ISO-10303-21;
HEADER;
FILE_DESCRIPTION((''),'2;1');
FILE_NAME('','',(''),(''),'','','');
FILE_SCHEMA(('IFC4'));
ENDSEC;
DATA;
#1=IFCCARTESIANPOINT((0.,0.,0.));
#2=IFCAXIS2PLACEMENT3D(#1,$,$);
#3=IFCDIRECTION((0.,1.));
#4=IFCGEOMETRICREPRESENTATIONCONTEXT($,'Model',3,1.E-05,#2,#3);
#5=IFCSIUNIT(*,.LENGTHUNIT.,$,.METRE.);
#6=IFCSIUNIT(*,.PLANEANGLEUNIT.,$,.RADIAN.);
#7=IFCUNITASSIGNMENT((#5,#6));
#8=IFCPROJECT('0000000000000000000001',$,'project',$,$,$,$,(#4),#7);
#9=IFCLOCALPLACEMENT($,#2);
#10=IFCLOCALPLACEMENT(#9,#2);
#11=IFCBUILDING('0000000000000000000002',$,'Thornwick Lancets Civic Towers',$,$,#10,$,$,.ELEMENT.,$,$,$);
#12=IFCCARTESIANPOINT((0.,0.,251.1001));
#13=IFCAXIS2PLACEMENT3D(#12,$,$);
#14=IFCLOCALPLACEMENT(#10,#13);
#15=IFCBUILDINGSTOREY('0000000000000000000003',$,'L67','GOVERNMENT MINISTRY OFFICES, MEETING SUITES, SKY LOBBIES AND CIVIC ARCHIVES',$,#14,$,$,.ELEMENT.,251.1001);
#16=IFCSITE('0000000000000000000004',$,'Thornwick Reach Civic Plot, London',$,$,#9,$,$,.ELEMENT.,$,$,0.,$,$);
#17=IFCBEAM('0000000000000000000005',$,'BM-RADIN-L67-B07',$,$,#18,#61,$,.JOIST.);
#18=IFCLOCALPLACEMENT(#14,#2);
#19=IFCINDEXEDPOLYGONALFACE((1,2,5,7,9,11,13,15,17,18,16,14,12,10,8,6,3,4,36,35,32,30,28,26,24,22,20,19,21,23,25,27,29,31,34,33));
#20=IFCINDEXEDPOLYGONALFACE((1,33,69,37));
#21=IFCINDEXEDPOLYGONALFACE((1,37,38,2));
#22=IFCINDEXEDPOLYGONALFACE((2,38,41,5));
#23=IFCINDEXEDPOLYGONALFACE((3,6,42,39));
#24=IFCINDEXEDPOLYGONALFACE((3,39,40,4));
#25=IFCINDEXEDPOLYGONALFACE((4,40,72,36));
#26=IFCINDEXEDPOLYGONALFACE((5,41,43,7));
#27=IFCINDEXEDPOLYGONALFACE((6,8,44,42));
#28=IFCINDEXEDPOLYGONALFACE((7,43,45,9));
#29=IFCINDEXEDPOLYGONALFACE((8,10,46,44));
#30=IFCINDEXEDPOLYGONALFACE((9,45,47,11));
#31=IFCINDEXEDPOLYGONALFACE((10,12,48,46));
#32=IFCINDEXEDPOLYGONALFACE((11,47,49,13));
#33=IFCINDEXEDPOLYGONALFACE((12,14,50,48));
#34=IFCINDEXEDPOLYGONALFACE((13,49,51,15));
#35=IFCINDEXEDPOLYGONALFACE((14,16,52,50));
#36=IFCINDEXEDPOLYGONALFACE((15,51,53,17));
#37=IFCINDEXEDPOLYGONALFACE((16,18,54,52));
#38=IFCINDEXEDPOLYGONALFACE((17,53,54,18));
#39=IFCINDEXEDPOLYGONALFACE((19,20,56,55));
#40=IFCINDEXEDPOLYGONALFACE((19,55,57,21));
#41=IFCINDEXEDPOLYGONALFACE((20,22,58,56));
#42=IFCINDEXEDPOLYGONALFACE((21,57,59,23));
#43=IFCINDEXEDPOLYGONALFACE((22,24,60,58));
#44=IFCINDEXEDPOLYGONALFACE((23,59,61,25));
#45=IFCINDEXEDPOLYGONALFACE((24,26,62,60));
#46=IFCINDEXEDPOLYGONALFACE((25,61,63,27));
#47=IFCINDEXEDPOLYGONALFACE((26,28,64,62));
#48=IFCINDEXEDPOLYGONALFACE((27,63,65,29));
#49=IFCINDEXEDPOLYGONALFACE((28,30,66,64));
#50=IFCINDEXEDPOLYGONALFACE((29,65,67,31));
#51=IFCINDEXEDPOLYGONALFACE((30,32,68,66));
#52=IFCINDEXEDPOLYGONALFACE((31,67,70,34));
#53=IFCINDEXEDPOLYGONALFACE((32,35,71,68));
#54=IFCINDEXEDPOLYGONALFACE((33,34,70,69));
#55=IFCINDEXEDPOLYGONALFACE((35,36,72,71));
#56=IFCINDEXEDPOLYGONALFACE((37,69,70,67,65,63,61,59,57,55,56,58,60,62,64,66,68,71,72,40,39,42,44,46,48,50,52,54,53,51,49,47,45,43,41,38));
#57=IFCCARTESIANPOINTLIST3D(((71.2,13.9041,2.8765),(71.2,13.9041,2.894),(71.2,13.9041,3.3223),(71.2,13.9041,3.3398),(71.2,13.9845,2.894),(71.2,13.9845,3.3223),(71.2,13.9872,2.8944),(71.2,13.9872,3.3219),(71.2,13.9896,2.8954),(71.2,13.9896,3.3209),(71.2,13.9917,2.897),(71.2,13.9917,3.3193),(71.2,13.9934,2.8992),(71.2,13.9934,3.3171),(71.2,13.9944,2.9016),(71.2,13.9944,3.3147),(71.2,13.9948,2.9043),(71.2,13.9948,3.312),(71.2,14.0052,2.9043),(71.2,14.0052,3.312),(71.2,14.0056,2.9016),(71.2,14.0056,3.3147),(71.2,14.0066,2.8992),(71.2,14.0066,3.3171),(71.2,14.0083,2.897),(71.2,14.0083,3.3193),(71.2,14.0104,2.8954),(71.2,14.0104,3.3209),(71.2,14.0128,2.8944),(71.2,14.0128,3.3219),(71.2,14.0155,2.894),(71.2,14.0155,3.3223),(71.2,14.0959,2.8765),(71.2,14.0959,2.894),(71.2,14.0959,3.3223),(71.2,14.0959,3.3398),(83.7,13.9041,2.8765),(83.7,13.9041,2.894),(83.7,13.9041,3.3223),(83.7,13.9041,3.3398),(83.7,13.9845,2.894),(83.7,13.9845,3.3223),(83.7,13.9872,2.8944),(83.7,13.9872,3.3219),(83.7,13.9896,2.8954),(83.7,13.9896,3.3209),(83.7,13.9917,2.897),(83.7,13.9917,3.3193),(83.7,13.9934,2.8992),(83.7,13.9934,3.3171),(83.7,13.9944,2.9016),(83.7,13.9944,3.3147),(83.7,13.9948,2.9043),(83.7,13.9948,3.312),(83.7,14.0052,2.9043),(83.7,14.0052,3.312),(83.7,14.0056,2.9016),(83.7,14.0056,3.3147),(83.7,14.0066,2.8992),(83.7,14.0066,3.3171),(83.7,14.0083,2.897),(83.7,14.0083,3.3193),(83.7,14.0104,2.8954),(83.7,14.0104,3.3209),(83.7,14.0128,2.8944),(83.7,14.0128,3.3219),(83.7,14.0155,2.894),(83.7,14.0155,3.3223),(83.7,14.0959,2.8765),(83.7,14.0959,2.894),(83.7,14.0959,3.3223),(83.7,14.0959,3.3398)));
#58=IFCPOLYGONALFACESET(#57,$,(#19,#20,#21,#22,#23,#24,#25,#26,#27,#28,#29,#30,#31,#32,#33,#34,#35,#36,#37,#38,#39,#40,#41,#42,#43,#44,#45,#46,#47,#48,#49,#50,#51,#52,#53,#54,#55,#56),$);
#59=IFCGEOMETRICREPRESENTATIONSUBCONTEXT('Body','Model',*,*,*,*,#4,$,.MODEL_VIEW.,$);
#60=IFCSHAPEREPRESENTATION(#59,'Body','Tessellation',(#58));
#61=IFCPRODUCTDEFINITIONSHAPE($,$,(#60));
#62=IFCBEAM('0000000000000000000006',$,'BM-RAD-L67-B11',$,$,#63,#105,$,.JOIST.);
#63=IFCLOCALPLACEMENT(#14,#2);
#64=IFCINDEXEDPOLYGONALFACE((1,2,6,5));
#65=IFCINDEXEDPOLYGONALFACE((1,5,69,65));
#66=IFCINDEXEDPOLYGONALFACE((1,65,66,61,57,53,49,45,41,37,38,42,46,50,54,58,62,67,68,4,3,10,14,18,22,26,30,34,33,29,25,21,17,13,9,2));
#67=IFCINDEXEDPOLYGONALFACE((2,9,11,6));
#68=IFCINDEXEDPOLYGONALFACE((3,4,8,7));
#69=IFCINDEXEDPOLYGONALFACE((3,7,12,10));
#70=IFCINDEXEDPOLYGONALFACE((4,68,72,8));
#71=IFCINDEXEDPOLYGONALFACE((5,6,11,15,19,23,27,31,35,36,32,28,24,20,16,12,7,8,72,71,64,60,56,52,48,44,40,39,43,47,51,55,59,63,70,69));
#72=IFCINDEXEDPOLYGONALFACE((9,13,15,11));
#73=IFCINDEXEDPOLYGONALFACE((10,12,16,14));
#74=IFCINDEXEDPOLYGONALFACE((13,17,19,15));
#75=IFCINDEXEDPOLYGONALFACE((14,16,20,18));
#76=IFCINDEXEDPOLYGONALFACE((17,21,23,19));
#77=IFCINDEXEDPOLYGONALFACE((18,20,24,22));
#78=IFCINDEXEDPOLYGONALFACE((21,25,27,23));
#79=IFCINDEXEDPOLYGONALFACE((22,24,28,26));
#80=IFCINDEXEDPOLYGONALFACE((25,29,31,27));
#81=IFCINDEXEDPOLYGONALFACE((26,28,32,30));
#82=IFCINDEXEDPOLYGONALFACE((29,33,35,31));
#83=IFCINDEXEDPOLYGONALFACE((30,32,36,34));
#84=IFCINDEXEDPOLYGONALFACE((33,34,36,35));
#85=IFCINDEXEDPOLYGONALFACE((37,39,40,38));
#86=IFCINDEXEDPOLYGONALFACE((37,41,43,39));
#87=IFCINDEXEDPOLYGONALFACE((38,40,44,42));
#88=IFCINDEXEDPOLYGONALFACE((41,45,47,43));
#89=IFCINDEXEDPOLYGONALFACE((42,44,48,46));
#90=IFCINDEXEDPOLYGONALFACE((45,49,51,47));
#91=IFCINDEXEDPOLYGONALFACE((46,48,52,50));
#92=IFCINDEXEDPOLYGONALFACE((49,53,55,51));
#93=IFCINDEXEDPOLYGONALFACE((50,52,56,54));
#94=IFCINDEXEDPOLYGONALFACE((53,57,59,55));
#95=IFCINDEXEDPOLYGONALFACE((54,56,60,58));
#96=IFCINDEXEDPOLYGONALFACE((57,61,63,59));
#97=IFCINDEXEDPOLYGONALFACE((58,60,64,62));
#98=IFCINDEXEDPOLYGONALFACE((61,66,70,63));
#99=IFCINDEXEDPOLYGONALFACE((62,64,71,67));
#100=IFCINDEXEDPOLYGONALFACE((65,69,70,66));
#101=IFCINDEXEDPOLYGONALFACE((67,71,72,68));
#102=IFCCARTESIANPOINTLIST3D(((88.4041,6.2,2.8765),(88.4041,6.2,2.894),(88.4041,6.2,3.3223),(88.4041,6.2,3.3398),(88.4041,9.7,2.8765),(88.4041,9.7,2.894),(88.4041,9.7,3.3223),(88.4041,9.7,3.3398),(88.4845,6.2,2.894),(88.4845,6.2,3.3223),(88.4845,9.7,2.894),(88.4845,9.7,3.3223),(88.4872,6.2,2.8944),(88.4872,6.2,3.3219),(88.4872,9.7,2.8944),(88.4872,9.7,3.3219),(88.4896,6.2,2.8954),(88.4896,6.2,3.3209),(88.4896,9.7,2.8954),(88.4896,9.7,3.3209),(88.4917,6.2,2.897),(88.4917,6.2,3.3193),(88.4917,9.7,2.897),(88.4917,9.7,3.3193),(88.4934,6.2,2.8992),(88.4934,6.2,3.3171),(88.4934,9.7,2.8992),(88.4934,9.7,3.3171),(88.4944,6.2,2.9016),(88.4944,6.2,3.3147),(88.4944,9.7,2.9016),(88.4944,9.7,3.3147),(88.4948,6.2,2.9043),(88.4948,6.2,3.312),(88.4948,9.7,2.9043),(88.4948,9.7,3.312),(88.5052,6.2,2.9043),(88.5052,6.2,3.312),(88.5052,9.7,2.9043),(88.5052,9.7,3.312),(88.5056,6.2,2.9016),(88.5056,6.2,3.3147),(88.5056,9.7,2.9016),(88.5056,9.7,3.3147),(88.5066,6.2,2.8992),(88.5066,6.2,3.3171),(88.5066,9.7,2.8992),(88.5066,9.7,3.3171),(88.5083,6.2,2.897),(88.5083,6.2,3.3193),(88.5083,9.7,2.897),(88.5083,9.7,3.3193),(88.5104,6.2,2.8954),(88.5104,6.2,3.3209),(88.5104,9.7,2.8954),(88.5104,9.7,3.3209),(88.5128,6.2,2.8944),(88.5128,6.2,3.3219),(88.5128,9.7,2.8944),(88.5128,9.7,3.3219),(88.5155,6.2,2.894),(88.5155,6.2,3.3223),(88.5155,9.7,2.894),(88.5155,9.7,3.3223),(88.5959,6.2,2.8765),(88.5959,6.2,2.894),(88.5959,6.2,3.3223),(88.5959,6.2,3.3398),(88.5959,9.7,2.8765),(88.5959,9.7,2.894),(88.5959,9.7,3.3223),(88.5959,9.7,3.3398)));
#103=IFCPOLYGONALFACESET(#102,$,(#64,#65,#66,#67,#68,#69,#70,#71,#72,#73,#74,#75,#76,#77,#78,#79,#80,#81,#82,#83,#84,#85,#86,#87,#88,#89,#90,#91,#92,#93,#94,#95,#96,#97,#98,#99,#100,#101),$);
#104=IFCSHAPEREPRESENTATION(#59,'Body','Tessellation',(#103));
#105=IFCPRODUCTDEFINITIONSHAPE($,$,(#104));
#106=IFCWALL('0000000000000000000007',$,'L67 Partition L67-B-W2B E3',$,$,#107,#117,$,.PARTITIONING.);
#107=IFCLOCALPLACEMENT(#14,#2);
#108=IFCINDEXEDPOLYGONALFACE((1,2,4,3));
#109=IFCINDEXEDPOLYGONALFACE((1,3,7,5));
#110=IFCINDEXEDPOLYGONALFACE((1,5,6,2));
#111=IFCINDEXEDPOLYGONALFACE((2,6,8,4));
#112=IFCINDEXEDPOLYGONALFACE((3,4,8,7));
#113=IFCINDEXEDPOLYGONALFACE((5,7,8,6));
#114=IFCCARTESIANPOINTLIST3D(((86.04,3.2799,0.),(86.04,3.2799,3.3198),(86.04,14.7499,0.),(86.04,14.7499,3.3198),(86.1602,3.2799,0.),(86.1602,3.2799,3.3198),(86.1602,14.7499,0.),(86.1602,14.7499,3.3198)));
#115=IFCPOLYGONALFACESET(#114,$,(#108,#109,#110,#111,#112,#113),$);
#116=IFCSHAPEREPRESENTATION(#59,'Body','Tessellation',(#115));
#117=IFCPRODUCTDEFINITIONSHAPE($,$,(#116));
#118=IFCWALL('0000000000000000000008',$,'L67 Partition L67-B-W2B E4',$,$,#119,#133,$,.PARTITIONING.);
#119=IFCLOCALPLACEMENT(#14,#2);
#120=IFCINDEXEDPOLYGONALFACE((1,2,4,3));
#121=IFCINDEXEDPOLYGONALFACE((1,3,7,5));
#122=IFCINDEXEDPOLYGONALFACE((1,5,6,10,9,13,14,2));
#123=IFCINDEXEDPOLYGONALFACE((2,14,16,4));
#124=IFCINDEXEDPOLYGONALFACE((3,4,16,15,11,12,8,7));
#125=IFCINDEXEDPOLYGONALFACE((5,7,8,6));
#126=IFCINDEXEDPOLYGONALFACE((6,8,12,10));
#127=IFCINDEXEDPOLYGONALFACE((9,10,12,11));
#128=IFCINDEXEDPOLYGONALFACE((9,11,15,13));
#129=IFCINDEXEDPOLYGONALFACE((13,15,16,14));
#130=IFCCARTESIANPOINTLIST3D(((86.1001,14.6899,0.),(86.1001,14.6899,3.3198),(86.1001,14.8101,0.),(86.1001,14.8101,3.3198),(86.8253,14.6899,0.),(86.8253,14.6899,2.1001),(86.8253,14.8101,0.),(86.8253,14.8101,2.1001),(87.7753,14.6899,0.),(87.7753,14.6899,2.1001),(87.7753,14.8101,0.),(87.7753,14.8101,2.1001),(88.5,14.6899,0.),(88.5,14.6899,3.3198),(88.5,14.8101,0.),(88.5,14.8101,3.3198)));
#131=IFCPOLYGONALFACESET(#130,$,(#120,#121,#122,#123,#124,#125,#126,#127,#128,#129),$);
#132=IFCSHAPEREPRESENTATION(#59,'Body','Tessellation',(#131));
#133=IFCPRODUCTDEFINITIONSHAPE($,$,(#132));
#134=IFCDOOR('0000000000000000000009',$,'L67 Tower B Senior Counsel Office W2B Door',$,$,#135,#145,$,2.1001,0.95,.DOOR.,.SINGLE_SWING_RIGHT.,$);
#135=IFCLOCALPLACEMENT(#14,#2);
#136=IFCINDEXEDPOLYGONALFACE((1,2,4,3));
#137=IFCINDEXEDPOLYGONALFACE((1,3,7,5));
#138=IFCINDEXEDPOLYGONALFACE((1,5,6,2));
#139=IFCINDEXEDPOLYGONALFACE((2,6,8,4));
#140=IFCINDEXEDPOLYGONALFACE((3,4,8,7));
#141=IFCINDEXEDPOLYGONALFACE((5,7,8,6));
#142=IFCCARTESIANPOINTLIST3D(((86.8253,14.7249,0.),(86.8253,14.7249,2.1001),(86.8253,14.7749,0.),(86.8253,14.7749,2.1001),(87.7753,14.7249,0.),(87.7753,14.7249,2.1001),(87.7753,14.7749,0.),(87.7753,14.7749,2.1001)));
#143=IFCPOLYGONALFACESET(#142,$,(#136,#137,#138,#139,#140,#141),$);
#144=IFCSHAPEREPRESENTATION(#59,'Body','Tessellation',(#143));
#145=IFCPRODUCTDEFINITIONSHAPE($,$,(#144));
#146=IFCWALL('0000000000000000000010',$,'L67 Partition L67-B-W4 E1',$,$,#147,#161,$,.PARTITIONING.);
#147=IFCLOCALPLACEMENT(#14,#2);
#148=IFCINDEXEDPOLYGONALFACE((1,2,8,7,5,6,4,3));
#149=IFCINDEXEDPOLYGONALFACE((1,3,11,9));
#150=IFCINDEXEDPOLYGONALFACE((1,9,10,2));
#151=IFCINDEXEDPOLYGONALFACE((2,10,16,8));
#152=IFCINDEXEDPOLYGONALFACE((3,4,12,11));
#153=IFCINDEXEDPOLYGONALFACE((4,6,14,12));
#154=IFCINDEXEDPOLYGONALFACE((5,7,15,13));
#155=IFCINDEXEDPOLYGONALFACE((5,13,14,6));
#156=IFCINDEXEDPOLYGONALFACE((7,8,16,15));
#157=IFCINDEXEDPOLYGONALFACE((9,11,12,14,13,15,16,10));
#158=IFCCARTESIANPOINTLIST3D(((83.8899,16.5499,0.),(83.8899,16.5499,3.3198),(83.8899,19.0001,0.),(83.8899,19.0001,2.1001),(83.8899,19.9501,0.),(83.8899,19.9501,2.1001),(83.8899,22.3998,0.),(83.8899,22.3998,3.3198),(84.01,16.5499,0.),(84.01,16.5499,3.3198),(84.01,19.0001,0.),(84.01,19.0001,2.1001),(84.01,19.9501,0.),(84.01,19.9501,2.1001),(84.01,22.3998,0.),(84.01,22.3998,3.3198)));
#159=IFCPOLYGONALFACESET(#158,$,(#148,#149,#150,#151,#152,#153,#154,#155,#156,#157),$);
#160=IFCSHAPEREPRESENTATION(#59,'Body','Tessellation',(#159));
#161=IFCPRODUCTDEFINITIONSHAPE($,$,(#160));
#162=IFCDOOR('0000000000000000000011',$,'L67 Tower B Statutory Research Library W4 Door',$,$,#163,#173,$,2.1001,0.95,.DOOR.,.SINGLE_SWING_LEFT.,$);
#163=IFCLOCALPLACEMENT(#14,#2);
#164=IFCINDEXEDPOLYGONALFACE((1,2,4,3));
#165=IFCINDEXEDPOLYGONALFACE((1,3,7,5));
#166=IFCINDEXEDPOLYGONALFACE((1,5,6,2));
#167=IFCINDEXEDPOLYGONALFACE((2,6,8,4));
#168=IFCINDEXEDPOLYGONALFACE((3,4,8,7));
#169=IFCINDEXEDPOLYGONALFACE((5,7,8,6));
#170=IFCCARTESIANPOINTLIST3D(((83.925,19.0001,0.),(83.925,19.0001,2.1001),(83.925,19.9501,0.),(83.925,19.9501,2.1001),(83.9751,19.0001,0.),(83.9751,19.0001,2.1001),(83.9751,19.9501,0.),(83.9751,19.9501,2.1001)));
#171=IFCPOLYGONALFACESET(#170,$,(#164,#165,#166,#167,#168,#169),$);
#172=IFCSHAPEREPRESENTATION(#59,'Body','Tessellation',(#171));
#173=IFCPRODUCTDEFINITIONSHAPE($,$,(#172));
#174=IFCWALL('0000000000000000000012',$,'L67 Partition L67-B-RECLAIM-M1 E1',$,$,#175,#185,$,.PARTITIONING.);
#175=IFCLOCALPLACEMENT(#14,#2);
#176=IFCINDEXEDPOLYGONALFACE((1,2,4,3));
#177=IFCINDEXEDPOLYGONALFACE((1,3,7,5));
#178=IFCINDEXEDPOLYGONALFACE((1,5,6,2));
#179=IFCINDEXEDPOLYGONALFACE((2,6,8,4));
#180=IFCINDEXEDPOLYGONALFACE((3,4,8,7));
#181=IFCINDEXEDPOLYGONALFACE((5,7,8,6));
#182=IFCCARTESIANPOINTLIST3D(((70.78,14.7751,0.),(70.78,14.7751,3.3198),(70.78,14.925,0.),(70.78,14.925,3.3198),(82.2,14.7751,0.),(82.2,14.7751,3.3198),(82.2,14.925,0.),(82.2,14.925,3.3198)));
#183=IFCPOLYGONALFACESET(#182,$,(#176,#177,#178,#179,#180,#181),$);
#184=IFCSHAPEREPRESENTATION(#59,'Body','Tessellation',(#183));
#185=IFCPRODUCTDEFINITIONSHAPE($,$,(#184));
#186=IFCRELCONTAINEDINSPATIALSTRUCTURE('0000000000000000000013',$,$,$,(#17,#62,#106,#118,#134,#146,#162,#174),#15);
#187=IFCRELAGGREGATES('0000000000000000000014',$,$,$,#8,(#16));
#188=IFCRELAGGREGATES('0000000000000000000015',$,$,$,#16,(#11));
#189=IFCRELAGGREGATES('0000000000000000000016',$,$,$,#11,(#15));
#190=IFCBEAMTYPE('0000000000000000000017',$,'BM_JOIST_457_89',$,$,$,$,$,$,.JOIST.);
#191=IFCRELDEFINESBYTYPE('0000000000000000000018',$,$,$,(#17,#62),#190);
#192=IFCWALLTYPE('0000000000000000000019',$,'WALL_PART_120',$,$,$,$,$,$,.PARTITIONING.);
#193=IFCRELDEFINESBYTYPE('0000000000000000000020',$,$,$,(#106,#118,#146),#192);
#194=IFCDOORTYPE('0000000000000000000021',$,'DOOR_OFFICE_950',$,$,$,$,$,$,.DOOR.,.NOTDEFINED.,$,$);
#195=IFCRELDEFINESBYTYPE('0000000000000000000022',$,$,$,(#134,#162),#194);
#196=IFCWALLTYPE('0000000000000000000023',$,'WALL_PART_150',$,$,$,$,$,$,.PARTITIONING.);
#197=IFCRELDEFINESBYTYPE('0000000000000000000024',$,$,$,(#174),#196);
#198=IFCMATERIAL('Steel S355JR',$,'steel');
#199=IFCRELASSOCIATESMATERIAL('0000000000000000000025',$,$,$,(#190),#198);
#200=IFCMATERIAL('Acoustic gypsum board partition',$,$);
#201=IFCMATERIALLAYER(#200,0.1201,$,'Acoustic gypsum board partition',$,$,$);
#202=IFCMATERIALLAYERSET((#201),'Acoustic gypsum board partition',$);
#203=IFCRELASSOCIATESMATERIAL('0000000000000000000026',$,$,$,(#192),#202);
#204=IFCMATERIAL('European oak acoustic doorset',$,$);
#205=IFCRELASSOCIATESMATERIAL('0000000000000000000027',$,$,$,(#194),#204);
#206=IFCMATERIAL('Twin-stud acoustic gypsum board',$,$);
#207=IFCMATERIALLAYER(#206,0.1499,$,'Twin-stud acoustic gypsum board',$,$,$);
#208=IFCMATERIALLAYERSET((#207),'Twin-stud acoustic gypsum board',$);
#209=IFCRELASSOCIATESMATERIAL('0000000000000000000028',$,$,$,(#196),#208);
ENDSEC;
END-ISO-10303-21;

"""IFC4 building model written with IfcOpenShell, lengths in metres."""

from ifc_helpers import new_model, si_unit, direction, frame, frame_2d, origin, origin_2d, place, context, subcontext, project, spatial, rectangle, i_section, extrude, material, layer, layer_set, material_profile, profile_set, type_object, element, fill, save


model = new_model("IFC4")

# Units and contexts
model_context = context("Model", 3, precision=1e-05, world=origin(), true_north=direction((0.0, 1.0)))
body_context = subcontext(model_context, "Body", "Model", "MODEL_VIEW")
ifc_project = project(units=[si_unit("LENGTHUNIT", "METRE"), si_unit("PLANEANGLEUNIT", "RADIAN")], contexts=[model_context])

# Site, building, storey
site_placement = place(None, origin())
site = spatial("IfcSite", under=ifc_project, at=site_placement, Name="Thornwick Reach Civic Plot, London", CompositionType="ELEMENT", RefElevation=0.0)
building_placement = place(site_placement, origin())
building = spatial("IfcBuilding", under=site, at=building_placement, Name="Thornwick Lancets Civic Towers", CompositionType="ELEMENT")
storey_placement = place(building_placement, frame((0.0, 0.0, 251.1001)))
storey = spatial("IfcBuildingStorey", under=building, at=storey_placement, Name="L67", Description="GOVERNMENT MINISTRY OFFICES, MEETING SUITES, SKY LOBBIES AND CIVIC ARCHIVES", CompositionType="ELEMENT", Elevation=251.1001)

# Shared definitions
ifc_material_1 = material(Name="Steel S355JR", Category="steel")

# Beams
ifc_material_profile_1 = material_profile(ifc_material_1, i_section(OverallWidth=0.1919, OverallDepth=0.4634, WebThickness=0.0105, FlangeThickness=0.0176, FilletRadius=0.0103, at=origin_2d()), Name="UKB 457x191x89")
ifc_profile_set_1 = profile_set([ifc_material_profile_1], Name="Steel S355JR")
beam_type_1 = type_object("IfcBeamType", Name="BM_JOIST_457_89", PredefinedType="JOIST", material=ifc_profile_set_1)
beam_1_placement = place(storey_placement, frame((83.7, 14.0, 3.1082), z_axis=(-1.0, 0.0, 0.0), x_axis=(0.0, -1.0, 0.0)))
element("IfcBeam", 1, at=beam_1_placement, inside=storey, type_object=beam_type_1, Name="BM-RADIN-L67-B07", PredefinedType="JOIST", context=body_context, shape_type="SweptSolid", body=[
    extrude(i_section(OverallWidth=0.1919, OverallDepth=0.4634, WebThickness=0.0105, FlangeThickness=0.0176, FilletRadius=0.0103, at=origin_2d()), origin(), (0.0, 0.0, 1.0), 12.5),
])
beam_2_placement = place(storey_placement, frame((88.5, 9.7, 3.1082), z_axis=(0.0, -1.0, 0.0), x_axis=(1.0, 0.0, 0.0)))
element("IfcBeam", 2, at=beam_2_placement, inside=storey, type_object=beam_type_1, Name="BM-RAD-L67-B11", PredefinedType="JOIST", context=body_context, shape_type="SweptSolid", body=[
    extrude(i_section(OverallWidth=0.1919, OverallDepth=0.4634, WebThickness=0.0105, FlangeThickness=0.0176, FilletRadius=0.0103, at=origin_2d()), origin(), (0.0, 0.0, 1.0), 3.5),
])

# Wall
ifc_material_2 = material(Name="Acoustic gypsum board partition")
ifc_layer_1 = layer(ifc_material_2, 0.1201, Name="Acoustic gypsum board partition")
ifc_layer_set_1 = layer_set([ifc_layer_1], Name="Acoustic gypsum board partition")
wall_type_1 = type_object("IfcWallType", Name="WALL_PART_120", PredefinedType="PARTITIONING", material=ifc_layer_set_1)
wall_1_placement = place(storey_placement, frame((86.1001, 3.28, 0.0), z_axis=(0.0, 0.0, 1.0), x_axis=(0.0, 1.0, 0.0)))
element("IfcWall", 3, at=wall_1_placement, inside=storey, type_object=wall_type_1, Name="L67 Partition L67-B-W2B E3", PredefinedType="PARTITIONING", context=body_context, shape_type="SweptSolid", body=[
    extrude(rectangle(XDim=11.47, YDim=0.1201, at=frame_2d((5.7349, 0.0))), origin(), (0.0, 0.0, 1.0), 3.3198),
])

# Walls, openings, doors
wall_2_placement = place(storey_placement, frame((86.1001, 14.75, 0.0), z_axis=(0.0, 0.0, 1.0), x_axis=(1.0, 0.0, 0.0)))
wall_2 = element("IfcWall", 4, at=wall_2_placement, inside=storey, type_object=wall_type_1, Name="L67 Partition L67-B-W2B E4", PredefinedType="PARTITIONING", context=body_context, shape_type="SweptSolid", body=[
    extrude(rectangle(XDim=2.3999, YDim=0.1201, at=frame_2d((1.2, 0.0))), origin(), (0.0, 0.0, 1.0), 3.3198),
])
opening_1_placement = place(wall_2_placement, frame((0.7251, 0.0, 0.0)))
opening_1 = element("IfcOpeningElement", 5, at=opening_1_placement, cuts=wall_2, PredefinedType="OPENING", context=body_context, shape_type="SweptSolid", body=[
    extrude(rectangle(XDim=0.95, YDim=2.1001, at=frame_2d((0.4751, 1.05))), frame((0.0, 0.0701, 0.0), z_axis=(0.0, -1.0, 0.0), x_axis=(1.0, 0.0, 0.0)), (0.0, 0.0, 1.0), 0.1401),
])
ifc_material_3 = material(Name="European oak acoustic doorset")
door_type_1 = type_object("IfcDoorType", Name="DOOR_OFFICE_950", OperationType="NOTDEFINED", PredefinedType="DOOR", material=ifc_material_3)
door_1_placement = place(opening_1_placement, origin())
door_1 = element("IfcDoor", 6, at=door_1_placement, inside=storey, type_object=door_type_1, Name="L67 Tower B Senior Counsel Office W2B Door", OperationType="SINGLE_SWING_RIGHT", OverallHeight=2.1001, OverallWidth=0.95, PredefinedType="DOOR", context=body_context, shape_type="SweptSolid", body=[
    extrude(rectangle(XDim=0.95, YDim=2.1001, at=frame_2d((0.4751, 1.05))), frame((0.0, 0.0249, 0.0), z_axis=(0.0, -1.0, 0.0), x_axis=(1.0, 0.0, 0.0)), (0.0, 0.0, 1.0), 0.05),
])
fill(opening_1, door_1)
wall_3_placement = place(storey_placement, frame((83.95, 16.55, 0.0), z_axis=(0.0, 0.0, 1.0), x_axis=(0.0, 1.0, 0.0)))
wall_3 = element("IfcWall", 7, at=wall_3_placement, inside=storey, type_object=wall_type_1, Name="L67 Partition L67-B-W4 E1", PredefinedType="PARTITIONING", context=body_context, shape_type="SweptSolid", body=[
    extrude(rectangle(XDim=5.8499, YDim=0.1201, at=frame_2d((2.9248, 0.0))), origin(), (0.0, 0.0, 1.0), 3.3198),
])
opening_2_placement = place(wall_3_placement, frame((2.45, 0.0, 0.0)))
opening_2 = element("IfcOpeningElement", 8, at=opening_2_placement, cuts=wall_3, PredefinedType="OPENING", context=body_context, shape_type="SweptSolid", body=[
    extrude(rectangle(XDim=0.95, YDim=2.1001, at=frame_2d((0.4751, 1.05))), frame((0.0, 0.0701, 0.0), z_axis=(0.0, -1.0, 0.0), x_axis=(1.0, 0.0, 0.0)), (0.0, 0.0, 1.0), 0.1401),
])
door_2_placement = place(opening_2_placement, origin())
door_2 = element("IfcDoor", 9, at=door_2_placement, inside=storey, type_object=door_type_1, Name="L67 Tower B Statutory Research Library W4 Door", OperationType="SINGLE_SWING_LEFT", OverallHeight=2.1001, OverallWidth=0.95, PredefinedType="DOOR", context=body_context, shape_type="SweptSolid", body=[
    extrude(rectangle(XDim=0.95, YDim=2.1001, at=frame_2d((0.4751, 1.05))), frame((0.0, 0.0249, 0.0), z_axis=(0.0, -1.0, 0.0), x_axis=(1.0, 0.0, 0.0)), (0.0, 0.0, 1.0), 0.05),
])
fill(opening_2, door_2)

# Wall
ifc_material_4 = material(Name="Twin-stud acoustic gypsum board")
ifc_layer_2 = layer(ifc_material_4, 0.1499, Name="Twin-stud acoustic gypsum board")
ifc_layer_set_2 = layer_set([ifc_layer_2], Name="Twin-stud acoustic gypsum board")
wall_type_2 = type_object("IfcWallType", Name="WALL_PART_150", PredefinedType="PARTITIONING", material=ifc_layer_set_2)
wall_4_placement = place(storey_placement, frame((82.2, 14.8501, 0.0), z_axis=(0.0, 0.0, 1.0), x_axis=(-1.0, 0.0, 0.0)))
element("IfcWall", 10, at=wall_4_placement, inside=storey, type_object=wall_type_2, Name="L67 Partition L67-B-RECLAIM-M1 E1", PredefinedType="PARTITIONING", context=body_context, shape_type="SweptSolid", body=[
    extrude(rectangle(XDim=11.4199, YDim=0.1499, at=frame_2d((5.71, 0.0))), origin(), (0.0, 0.0, 1.0), 3.3198),
])

save(model, "model.ifc")
